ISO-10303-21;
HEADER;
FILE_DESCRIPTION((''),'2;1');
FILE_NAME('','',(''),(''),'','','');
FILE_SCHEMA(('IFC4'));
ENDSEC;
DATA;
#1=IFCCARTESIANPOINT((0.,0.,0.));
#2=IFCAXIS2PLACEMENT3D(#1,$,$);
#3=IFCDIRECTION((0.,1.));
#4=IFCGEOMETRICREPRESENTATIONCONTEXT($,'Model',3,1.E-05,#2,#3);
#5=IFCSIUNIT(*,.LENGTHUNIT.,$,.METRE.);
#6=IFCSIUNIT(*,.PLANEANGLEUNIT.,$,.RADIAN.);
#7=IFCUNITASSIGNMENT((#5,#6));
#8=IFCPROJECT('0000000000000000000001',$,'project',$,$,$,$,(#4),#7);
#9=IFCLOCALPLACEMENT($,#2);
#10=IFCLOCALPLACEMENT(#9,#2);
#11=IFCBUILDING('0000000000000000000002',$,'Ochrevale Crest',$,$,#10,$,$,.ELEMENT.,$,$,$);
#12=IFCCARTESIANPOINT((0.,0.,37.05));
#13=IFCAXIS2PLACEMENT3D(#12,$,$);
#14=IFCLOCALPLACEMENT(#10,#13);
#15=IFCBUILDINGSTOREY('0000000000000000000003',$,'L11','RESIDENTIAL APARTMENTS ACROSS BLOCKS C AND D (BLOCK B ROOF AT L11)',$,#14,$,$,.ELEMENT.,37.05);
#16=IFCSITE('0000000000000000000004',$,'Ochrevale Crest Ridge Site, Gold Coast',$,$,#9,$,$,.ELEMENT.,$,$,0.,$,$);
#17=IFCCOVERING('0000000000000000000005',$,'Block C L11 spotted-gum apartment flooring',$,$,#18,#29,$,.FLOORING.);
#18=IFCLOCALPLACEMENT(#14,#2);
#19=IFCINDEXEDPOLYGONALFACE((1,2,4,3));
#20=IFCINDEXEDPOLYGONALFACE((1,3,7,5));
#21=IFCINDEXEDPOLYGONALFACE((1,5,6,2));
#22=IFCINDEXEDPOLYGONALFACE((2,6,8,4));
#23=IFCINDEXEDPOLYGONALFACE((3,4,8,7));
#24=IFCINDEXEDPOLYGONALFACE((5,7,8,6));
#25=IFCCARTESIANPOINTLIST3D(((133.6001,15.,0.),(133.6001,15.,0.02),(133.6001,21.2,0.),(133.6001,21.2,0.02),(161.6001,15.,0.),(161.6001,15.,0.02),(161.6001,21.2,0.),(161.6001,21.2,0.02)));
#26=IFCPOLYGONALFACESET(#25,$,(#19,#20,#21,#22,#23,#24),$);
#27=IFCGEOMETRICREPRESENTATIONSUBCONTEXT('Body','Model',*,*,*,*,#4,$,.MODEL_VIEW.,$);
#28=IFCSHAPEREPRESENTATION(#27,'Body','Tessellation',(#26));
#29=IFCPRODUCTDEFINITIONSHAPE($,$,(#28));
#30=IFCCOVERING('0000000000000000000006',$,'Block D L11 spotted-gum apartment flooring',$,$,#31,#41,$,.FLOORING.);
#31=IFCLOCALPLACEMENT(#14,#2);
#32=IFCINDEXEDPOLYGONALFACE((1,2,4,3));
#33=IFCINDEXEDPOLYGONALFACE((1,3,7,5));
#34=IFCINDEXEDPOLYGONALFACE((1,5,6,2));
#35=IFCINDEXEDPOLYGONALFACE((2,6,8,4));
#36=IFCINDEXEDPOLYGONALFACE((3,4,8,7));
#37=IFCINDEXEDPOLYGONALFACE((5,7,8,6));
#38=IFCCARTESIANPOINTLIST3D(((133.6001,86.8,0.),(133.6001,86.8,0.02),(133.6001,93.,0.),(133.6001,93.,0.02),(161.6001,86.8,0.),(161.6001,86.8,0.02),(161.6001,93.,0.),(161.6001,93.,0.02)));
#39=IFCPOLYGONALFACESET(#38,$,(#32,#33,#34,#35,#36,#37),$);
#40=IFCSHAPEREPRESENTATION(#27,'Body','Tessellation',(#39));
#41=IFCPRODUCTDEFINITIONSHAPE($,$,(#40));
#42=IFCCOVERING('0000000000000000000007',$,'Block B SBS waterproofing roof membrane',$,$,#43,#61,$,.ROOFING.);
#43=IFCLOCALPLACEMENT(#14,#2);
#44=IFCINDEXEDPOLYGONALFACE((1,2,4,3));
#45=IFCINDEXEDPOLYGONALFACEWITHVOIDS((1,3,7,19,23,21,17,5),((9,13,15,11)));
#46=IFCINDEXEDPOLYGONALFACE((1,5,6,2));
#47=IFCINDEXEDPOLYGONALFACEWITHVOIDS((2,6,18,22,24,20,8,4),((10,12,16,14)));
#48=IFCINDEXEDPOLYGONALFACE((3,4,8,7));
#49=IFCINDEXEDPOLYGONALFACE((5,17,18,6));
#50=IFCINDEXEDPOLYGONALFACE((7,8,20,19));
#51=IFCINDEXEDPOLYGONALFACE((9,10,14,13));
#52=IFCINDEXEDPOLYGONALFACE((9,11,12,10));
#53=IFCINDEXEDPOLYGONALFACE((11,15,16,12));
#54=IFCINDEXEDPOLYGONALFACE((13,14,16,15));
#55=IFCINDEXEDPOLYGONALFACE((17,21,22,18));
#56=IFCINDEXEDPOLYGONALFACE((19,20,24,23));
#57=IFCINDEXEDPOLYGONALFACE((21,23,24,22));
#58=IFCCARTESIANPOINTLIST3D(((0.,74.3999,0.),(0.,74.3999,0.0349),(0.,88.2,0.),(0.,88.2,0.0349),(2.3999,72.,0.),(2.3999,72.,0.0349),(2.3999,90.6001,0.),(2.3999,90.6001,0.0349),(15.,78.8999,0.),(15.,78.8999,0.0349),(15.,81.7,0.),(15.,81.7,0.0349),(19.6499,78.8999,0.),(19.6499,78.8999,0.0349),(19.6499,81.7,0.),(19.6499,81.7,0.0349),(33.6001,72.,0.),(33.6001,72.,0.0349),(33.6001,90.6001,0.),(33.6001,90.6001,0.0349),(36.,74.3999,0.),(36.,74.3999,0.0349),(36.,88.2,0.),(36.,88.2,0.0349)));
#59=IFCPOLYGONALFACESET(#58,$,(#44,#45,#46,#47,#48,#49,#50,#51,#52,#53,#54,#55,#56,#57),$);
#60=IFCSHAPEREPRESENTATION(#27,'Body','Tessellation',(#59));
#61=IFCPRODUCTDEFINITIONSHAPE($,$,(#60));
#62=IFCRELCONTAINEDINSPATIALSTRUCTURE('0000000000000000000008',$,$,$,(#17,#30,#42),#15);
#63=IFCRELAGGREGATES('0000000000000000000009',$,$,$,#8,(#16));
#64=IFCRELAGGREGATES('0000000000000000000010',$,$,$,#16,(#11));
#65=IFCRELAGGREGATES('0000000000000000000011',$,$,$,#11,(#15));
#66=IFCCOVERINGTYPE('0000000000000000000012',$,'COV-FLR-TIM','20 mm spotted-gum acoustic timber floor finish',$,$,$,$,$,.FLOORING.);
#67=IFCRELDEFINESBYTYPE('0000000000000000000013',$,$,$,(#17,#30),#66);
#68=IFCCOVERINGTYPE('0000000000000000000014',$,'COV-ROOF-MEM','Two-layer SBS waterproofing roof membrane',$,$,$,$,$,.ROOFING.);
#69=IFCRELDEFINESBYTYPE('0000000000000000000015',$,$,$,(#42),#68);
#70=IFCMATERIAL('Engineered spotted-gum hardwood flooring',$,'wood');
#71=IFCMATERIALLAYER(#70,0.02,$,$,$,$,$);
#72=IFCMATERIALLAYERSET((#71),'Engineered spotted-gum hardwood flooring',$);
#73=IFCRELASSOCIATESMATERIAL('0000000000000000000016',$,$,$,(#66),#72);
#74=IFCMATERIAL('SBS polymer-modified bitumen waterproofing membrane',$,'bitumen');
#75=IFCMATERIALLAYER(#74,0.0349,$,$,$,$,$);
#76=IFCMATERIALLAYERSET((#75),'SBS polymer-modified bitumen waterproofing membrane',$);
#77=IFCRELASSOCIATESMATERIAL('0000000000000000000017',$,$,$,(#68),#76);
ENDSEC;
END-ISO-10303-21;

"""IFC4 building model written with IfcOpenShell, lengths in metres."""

from ifc_helpers import new_model, si_unit, direction, frame, origin, place, context, subcontext, project, spatial, polyline, outline, extrude, material, layer, layer_set, type_object, element, save


model = new_model("IFC4")

# Units and contexts
model_context = context("Model", 3, precision=1e-05, world=origin(), true_north=direction((0.0, 1.0)))
body_context = subcontext(model_context, "Body", "Model", "MODEL_VIEW")
ifc_project = project(units=[si_unit("LENGTHUNIT", "METRE"), si_unit("PLANEANGLEUNIT", "RADIAN")], contexts=[model_context])

# Site, building, storey
site_placement = place(None, origin())
site = spatial("IfcSite", under=ifc_project, at=site_placement, Name="Ochrevale Crest Ridge Site, Gold Coast", CompositionType="ELEMENT", RefElevation=0.0)
building_placement = place(site_placement, origin())
building = spatial("IfcBuilding", under=site, at=building_placement, Name="Ochrevale Crest", CompositionType="ELEMENT")
storey_placement = place(building_placement, frame((0.0, 0.0, 37.05)))
storey = spatial("IfcBuildingStorey", under=building, at=storey_placement, Name="L11", Description="RESIDENTIAL APARTMENTS ACROSS BLOCKS C AND D (BLOCK B ROOF AT L11)", CompositionType="ELEMENT", Elevation=37.05)

# Coverings
ifc_material_1 = material(Name="Engineered spotted-gum hardwood flooring", Category="wood")
ifc_layer_1 = layer(ifc_material_1, 0.02)
ifc_layer_set_1 = layer_set([ifc_layer_1], Name="Engineered spotted-gum hardwood flooring")
covering_type_1 = type_object("IfcCoveringType", Name="COV-FLR-TIM", Description="20 mm spotted-gum acoustic timber floor finish", PredefinedType="FLOORING", material=ifc_layer_set_1)
covering_1_placement = place(storey_placement, origin())
element("IfcCovering", 1, at=covering_1_placement, inside=storey, type_object=covering_type_1, Name="Block C L11 spotted-gum apartment flooring", PredefinedType="FLOORING", context=body_context, shape_type="SweptSolid", body=[
    extrude(outline(polyline([(133.6001, 15.0), (161.6001, 15.0), (161.6001, 21.2), (133.6001, 21.2), (133.6001, 15.0)])), origin(), (0.0, 0.0, 1.0), 0.02),
])
covering_2_placement = place(storey_placement, origin())
element("IfcCovering", 2, at=covering_2_placement, inside=storey, type_object=covering_type_1, Name="Block D L11 spotted-gum apartment flooring", PredefinedType="FLOORING", context=body_context, shape_type="SweptSolid", body=[
    extrude(outline(polyline([(133.6001, 86.8), (161.6001, 86.8), (161.6001, 93.0), (133.6001, 93.0), (133.6001, 86.8)])), origin(), (0.0, 0.0, 1.0), 0.02),
])
ifc_material_2 = material(Name="SBS polymer-modified bitumen waterproofing membrane", Category="bitumen")
ifc_layer_2 = layer(ifc_material_2, 0.0349)
ifc_layer_set_2 = layer_set([ifc_layer_2], Name="SBS polymer-modified bitumen waterproofing membrane")
covering_type_2 = type_object("IfcCoveringType", Name="COV-ROOF-MEM", Description="Two-layer SBS waterproofing roof membrane", PredefinedType="ROOFING", material=ifc_layer_set_2)
covering_3_placement = place(storey_placement, origin())
element("IfcCovering", 3, at=covering_3_placement, inside=storey, type_object=covering_type_2, Name="Block B SBS waterproofing roof membrane", PredefinedType="ROOFING", context=body_context, shape_type="SweptSolid", body=[
    extrude(outline(polyline([(2.3999, 72.0), (33.6001, 72.0), (36.0, 74.3999), (36.0, 88.2), (33.6001, 90.6001), (2.3999, 90.6001), (0.0, 88.2), (0.0, 74.3999), (2.3999, 72.0)]), holes=[polyline([(15.0, 78.8999), (19.6499, 78.8999), (19.6499, 81.7), (15.0, 81.7), (15.0, 78.8999)])]), origin(), (0.0, 0.0, 1.0), 0.0349),
])

save(model, "model.ifc")
